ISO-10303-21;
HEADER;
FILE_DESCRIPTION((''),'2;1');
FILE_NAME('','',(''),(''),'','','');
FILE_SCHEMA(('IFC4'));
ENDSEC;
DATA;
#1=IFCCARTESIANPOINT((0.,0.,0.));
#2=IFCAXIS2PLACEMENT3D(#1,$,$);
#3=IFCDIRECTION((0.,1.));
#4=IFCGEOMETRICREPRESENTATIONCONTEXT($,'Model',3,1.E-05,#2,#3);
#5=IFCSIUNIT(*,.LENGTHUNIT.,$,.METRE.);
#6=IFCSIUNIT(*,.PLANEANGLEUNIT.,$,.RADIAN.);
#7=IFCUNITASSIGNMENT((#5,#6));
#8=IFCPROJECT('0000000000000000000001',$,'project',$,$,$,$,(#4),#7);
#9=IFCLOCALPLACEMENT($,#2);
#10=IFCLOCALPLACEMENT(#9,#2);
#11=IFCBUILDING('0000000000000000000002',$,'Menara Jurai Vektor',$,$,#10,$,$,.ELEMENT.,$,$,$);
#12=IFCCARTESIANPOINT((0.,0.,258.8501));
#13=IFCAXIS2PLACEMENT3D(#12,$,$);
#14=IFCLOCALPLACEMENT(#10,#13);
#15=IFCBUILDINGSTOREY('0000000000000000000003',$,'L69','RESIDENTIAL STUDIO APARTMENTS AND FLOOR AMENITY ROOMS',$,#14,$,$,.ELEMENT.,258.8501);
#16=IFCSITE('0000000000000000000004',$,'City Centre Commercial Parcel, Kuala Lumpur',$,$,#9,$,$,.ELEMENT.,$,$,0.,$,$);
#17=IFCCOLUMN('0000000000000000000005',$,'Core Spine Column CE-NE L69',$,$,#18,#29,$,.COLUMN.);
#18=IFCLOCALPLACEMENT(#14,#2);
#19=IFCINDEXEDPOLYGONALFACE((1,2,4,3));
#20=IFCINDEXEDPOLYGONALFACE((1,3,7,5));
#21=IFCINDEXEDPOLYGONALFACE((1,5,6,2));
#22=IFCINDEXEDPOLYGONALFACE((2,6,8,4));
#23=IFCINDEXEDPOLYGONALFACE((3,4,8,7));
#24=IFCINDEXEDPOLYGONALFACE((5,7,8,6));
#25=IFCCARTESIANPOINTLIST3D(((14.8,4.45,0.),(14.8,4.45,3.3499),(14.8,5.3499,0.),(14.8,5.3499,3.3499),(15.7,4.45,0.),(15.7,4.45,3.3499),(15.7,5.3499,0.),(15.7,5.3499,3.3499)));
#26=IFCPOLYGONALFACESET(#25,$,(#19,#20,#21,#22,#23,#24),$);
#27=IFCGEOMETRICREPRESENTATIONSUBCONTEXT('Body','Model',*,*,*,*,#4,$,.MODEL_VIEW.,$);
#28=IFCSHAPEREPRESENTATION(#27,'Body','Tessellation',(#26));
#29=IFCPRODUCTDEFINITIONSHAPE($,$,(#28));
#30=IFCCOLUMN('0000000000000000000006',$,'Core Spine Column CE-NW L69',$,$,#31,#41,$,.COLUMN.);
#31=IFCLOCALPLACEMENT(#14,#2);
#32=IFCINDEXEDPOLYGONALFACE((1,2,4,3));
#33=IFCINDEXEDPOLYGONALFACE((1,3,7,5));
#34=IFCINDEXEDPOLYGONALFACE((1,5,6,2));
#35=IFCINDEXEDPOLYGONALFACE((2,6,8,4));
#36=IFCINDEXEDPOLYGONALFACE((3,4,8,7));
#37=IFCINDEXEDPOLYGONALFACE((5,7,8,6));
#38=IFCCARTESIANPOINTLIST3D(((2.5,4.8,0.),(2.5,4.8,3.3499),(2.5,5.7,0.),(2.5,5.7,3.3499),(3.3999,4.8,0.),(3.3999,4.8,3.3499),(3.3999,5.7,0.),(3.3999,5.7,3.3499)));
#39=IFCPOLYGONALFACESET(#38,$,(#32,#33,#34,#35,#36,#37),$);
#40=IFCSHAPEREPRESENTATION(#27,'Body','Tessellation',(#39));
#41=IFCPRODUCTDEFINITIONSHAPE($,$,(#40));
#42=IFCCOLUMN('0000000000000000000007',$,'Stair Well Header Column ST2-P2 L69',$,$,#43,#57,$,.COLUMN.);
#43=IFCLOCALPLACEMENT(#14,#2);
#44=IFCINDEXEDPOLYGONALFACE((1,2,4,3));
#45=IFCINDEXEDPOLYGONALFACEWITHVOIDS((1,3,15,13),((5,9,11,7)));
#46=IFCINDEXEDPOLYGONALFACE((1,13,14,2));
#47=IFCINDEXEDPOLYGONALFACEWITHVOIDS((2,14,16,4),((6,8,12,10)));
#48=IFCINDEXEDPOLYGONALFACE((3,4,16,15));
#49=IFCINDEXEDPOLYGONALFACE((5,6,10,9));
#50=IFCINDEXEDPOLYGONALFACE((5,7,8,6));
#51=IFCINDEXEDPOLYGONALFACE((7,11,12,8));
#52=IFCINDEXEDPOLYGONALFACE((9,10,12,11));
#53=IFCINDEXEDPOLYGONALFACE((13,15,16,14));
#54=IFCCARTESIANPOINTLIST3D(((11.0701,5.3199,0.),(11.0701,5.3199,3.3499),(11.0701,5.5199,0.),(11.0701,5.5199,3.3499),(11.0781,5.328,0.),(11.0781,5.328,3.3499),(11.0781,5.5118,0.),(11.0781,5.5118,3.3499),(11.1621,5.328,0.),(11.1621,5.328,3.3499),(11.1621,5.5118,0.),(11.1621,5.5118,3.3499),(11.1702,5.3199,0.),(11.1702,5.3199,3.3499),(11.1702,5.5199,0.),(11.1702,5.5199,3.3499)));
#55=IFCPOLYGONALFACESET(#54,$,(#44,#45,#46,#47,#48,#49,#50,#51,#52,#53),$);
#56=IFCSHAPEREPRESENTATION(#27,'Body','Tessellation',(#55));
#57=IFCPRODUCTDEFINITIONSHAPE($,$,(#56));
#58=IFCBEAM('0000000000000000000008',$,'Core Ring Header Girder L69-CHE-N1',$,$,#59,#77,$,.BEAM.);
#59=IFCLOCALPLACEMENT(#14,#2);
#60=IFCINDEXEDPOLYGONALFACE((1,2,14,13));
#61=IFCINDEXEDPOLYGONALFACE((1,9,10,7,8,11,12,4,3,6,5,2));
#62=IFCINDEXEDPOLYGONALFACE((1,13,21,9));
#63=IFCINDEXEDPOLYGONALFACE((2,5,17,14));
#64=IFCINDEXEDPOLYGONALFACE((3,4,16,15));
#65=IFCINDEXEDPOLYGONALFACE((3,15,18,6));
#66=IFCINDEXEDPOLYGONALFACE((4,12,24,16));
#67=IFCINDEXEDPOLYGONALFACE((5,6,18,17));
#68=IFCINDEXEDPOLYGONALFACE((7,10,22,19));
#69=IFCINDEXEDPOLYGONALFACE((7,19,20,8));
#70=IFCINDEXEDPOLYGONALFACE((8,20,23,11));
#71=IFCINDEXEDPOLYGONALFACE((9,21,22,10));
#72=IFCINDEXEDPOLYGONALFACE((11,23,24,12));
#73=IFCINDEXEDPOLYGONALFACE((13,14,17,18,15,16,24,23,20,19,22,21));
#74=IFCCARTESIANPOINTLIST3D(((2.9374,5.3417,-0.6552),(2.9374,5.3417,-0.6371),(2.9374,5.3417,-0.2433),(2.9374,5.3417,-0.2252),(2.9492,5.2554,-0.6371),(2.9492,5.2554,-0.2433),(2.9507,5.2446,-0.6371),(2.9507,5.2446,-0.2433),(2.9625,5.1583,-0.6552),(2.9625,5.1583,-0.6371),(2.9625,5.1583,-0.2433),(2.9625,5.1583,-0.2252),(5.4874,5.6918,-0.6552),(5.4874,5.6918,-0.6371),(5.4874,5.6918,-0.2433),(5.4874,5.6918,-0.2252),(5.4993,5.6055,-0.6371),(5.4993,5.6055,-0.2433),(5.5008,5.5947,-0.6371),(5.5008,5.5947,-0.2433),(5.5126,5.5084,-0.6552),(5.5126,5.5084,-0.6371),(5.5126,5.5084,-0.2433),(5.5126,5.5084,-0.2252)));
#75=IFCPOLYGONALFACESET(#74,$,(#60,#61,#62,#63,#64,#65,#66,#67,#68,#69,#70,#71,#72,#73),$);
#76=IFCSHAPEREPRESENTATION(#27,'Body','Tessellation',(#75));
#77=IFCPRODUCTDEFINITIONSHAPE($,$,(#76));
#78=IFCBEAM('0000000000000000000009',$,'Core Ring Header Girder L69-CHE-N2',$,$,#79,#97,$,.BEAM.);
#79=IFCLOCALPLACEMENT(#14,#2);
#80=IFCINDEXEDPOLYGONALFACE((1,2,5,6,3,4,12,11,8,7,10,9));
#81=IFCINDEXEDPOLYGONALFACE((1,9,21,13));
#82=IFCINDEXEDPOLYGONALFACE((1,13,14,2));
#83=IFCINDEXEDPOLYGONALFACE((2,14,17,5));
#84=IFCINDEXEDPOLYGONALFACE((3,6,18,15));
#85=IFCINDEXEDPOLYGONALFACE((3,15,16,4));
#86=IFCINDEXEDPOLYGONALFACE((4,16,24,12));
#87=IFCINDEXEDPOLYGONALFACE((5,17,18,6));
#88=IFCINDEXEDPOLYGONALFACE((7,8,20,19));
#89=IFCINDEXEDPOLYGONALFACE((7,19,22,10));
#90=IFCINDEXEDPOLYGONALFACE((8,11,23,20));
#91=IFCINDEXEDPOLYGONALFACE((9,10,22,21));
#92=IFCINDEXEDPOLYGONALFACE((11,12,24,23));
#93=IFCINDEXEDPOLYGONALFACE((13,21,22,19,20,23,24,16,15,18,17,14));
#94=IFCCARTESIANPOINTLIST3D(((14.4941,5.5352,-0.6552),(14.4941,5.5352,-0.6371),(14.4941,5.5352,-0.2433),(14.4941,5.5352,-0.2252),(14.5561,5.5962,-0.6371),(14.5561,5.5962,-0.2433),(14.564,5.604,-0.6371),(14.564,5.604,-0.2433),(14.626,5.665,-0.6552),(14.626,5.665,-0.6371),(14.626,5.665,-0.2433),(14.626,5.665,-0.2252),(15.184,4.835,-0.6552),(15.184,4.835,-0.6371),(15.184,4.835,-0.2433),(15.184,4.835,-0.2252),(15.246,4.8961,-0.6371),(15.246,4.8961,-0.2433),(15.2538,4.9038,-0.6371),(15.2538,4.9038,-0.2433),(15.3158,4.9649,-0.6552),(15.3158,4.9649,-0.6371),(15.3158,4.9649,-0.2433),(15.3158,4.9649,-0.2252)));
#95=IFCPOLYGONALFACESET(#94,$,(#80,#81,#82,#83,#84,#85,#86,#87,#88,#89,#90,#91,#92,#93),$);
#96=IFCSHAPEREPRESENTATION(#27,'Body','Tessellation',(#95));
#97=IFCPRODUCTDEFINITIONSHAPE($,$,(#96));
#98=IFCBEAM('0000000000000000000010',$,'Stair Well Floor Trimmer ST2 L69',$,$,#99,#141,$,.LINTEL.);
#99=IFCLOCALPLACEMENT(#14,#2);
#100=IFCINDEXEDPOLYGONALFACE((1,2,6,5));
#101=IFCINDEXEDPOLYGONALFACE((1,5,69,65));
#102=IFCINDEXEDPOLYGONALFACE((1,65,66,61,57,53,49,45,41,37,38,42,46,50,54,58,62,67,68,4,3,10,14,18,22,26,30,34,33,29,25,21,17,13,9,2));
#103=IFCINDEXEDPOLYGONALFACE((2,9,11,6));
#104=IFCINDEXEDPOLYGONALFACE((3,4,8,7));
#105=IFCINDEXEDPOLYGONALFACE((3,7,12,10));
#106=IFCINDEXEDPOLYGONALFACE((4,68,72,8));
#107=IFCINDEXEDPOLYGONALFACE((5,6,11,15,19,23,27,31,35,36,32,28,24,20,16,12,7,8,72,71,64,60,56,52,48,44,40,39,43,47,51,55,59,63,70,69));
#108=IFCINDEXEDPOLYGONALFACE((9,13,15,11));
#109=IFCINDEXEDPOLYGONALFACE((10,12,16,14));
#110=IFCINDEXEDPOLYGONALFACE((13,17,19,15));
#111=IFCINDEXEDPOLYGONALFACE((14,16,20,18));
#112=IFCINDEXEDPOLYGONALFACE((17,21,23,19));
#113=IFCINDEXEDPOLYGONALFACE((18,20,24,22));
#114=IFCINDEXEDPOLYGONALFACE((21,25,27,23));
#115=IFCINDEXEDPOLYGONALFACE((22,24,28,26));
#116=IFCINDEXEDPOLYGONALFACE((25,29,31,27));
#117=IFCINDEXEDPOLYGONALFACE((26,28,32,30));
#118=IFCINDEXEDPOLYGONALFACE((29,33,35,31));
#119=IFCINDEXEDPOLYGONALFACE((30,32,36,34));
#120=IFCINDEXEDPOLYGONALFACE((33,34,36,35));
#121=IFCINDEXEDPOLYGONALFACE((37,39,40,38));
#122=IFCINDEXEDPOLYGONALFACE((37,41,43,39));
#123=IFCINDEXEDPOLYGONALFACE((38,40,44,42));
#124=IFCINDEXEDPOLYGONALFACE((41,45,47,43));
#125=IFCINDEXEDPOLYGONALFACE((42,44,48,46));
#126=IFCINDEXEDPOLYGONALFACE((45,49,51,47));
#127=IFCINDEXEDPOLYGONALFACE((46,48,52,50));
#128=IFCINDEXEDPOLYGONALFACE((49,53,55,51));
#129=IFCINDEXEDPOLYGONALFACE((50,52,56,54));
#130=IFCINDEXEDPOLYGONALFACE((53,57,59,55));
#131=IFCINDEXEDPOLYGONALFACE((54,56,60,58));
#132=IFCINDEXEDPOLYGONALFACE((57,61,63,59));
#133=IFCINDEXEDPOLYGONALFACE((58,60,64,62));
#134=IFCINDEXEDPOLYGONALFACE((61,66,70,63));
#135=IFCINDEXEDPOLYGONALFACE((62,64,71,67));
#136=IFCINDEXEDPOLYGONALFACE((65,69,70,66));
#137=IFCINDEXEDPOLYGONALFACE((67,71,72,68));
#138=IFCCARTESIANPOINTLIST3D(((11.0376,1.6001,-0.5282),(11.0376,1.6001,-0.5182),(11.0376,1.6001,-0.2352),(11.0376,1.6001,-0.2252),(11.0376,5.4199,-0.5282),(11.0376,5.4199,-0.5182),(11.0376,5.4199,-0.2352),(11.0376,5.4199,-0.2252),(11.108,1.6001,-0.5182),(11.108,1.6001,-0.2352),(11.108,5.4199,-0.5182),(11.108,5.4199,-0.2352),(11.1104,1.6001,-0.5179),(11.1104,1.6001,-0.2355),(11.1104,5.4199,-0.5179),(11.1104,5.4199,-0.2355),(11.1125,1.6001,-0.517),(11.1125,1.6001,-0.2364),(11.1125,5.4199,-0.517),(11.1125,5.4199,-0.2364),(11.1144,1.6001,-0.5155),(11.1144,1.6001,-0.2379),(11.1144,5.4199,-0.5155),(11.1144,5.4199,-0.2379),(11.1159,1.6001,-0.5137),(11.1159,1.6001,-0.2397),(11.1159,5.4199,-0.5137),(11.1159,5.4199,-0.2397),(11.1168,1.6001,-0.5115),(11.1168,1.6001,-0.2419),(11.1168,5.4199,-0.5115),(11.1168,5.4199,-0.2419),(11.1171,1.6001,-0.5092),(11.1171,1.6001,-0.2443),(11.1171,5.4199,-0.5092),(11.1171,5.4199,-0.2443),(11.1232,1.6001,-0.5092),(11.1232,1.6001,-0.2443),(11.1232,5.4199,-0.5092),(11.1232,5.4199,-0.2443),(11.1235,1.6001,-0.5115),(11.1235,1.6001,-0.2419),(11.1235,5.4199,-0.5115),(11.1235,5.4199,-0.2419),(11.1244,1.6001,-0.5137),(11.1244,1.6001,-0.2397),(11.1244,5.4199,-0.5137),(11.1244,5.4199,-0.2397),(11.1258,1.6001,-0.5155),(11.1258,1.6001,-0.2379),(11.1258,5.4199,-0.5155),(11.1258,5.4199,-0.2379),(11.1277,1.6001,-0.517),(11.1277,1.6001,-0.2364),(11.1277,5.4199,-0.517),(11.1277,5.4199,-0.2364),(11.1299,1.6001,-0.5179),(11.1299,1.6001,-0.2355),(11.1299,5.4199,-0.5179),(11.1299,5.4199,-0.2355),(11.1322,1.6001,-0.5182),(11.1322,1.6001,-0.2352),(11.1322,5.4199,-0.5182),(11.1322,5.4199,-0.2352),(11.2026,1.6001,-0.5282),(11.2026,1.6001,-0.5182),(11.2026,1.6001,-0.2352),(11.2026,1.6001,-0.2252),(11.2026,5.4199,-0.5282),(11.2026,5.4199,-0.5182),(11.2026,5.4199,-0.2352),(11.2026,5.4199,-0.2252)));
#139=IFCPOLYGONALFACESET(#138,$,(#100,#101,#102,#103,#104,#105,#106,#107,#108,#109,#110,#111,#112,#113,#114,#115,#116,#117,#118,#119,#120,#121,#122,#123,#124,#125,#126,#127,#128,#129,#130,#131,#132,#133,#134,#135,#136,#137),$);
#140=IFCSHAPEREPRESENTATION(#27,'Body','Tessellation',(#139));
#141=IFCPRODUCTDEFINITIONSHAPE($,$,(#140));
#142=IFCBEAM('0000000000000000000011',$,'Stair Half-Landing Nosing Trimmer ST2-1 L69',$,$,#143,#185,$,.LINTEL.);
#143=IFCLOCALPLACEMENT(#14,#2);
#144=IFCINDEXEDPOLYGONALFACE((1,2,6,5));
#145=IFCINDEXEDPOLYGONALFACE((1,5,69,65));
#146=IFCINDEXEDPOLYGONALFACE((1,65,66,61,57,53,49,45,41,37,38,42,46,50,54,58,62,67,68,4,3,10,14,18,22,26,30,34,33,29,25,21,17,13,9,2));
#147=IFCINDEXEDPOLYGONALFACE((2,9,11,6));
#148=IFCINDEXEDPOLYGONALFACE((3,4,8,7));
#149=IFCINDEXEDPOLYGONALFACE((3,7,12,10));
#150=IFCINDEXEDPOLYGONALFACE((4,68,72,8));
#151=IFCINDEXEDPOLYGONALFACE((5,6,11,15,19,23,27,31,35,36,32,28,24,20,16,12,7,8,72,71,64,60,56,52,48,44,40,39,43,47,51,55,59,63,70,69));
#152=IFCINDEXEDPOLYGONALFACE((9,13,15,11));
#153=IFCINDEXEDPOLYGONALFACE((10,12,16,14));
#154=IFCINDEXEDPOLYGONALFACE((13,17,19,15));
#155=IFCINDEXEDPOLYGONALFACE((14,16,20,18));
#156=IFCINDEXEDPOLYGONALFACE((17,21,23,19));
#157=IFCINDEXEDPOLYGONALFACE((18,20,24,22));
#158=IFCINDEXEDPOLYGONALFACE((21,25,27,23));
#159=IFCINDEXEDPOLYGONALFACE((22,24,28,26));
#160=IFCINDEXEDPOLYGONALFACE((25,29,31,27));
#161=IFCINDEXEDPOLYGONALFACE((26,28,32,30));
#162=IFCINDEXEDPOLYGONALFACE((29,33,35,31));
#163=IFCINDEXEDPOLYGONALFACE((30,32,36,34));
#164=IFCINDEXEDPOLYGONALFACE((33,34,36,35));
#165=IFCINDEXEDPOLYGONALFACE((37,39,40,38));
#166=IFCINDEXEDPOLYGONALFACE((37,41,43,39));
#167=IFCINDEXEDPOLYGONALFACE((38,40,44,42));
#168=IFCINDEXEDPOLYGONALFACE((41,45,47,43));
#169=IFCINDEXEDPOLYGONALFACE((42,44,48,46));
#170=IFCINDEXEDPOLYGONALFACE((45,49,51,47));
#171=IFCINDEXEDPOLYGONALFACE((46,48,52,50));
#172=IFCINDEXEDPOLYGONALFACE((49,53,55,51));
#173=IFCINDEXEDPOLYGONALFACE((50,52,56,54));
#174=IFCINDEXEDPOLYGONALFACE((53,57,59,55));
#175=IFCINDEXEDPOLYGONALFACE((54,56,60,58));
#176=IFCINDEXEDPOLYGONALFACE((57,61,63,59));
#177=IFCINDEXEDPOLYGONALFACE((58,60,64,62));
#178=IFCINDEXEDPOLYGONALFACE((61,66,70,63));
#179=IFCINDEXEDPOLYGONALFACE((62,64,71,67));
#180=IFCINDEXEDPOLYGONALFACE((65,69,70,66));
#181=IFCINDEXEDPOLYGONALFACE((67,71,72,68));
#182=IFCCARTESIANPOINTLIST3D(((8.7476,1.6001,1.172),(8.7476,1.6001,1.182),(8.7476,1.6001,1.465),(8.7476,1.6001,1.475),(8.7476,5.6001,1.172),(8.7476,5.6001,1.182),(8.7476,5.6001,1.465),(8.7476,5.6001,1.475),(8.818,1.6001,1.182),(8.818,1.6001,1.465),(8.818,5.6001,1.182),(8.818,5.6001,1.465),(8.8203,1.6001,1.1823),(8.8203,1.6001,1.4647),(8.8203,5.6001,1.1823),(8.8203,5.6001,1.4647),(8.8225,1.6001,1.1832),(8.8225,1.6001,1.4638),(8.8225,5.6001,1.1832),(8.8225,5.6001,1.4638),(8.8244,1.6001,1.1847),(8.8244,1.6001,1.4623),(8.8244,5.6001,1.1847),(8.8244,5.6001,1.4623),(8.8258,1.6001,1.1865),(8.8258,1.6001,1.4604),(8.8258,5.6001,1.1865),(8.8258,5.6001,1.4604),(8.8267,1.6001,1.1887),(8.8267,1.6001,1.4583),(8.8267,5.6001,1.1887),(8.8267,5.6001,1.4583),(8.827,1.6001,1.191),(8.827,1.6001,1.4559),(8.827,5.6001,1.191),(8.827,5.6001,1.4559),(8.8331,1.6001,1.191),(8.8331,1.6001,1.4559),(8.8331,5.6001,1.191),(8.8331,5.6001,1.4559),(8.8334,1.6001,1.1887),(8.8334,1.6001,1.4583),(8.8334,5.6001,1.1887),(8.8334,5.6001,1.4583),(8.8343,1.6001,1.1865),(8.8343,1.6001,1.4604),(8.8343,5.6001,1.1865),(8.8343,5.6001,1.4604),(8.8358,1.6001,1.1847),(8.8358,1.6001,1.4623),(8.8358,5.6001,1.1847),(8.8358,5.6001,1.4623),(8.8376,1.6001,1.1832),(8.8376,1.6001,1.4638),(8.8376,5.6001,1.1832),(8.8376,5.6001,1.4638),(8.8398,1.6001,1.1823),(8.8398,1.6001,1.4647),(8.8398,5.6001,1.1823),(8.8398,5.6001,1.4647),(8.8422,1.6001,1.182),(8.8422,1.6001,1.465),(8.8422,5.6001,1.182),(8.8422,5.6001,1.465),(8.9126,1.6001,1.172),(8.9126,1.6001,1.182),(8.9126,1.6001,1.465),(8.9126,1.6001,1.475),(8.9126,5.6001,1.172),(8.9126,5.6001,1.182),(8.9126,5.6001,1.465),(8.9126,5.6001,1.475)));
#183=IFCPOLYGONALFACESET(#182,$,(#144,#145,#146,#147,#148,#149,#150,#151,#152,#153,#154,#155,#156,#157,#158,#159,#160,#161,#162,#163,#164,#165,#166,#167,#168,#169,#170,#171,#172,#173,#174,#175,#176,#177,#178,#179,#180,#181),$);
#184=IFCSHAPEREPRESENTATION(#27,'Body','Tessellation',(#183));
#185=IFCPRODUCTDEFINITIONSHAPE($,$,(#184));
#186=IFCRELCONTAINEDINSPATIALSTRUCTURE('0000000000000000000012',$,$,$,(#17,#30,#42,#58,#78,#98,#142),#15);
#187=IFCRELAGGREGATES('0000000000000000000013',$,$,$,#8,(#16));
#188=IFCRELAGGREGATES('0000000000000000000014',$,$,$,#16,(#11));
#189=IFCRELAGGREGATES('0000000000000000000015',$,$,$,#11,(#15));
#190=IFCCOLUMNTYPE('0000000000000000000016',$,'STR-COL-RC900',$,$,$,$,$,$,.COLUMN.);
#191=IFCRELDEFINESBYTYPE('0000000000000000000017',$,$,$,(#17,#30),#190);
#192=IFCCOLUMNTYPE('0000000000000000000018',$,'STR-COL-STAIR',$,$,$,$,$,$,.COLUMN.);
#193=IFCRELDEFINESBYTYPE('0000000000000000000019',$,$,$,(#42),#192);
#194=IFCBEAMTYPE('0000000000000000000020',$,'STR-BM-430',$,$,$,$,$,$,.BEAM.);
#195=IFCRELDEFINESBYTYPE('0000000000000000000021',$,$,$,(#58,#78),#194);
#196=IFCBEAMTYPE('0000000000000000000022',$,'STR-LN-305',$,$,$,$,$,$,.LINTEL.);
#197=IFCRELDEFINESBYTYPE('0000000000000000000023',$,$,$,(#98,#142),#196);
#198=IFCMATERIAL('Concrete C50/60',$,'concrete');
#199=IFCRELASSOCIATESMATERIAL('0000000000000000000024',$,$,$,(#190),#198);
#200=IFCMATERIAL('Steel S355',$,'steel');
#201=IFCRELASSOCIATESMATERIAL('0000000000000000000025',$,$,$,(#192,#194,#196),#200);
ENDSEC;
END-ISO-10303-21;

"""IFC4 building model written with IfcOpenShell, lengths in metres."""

from ifc_helpers import new_model, si_unit, direction, frame, origin, origin_2d, place, context, subcontext, project, spatial, rectangle, hollow_rectangle, i_section, extrude, material, material_profile, profile_set, type_object, element, save


model = new_model("IFC4")

# Units and contexts
model_context = context("Model", 3, precision=1e-05, world=origin(), true_north=direction((0.0, 1.0)))
body_context = subcontext(model_context, "Body", "Model", "MODEL_VIEW")
ifc_project = project(units=[si_unit("LENGTHUNIT", "METRE"), si_unit("PLANEANGLEUNIT", "RADIAN")], contexts=[model_context])

# Site, building, storey
site_placement = place(None, origin())
site = spatial("IfcSite", under=ifc_project, at=site_placement, Name="City Centre Commercial Parcel, Kuala Lumpur", CompositionType="ELEMENT", RefElevation=0.0)
building_placement = place(site_placement, origin())
building = spatial("IfcBuilding", under=site, at=building_placement, Name="Menara Jurai Vektor", CompositionType="ELEMENT")
storey_placement = place(building_placement, frame((0.0, 0.0, 258.8501)))
storey = spatial("IfcBuildingStorey", under=building, at=storey_placement, Name="L69", Description="RESIDENTIAL STUDIO APARTMENTS AND FLOOR AMENITY ROOMS", CompositionType="ELEMENT", Elevation=258.8501)

# Columns
ifc_material_1 = material(Name="Concrete C50/60", Category="concrete")
ifc_material_profile_1 = material_profile(ifc_material_1, rectangle(XDim=0.8999, YDim=0.8999, at=origin_2d()), Name="RC 900x900")
ifc_profile_set_1 = profile_set([ifc_material_profile_1], Name="Concrete C50/60")
column_type_1 = type_object("IfcColumnType", Name="STR-COL-RC900", PredefinedType="COLUMN", material=ifc_profile_set_1)
for number, where, z_axis, x_axis, name in (
    (1, (15.25, 4.8999, 0.0), (0.0, 0.0, 1.0), (1.0, 0.0, 0.0), "Core Spine Column CE-NE L69"),
    (2, (2.95, 5.25, 0.0), (0.0, 0.0, 1.0), (1.0, 0.0, 0.0), "Core Spine Column CE-NW L69"),
):
    element("IfcColumn", number, at=place(storey_placement, frame(where, z_axis=z_axis, x_axis=x_axis)), inside=storey, type_object=column_type_1, Name=name, PredefinedType="COLUMN", context=body_context, shape_type="SweptSolid", body=[
        extrude(rectangle(XDim=0.8999, YDim=0.8999, at=origin_2d()), origin(), (0.0, 0.0, 1.0), 3.3499),
    ])
ifc_material_2 = material(Name="Steel S355", Category="steel")
ifc_material_profile_2 = material_profile(ifc_material_2, hollow_rectangle(XDim=0.1001, YDim=0.2, WallThickness=0.0081, at=origin_2d()), Name="RHS 200x100x8")
ifc_profile_set_2 = profile_set([ifc_material_profile_2], Name="Steel S355")
column_type_2 = type_object("IfcColumnType", Name="STR-COL-STAIR", PredefinedType="COLUMN", material=ifc_profile_set_2)
column_placement = place(storey_placement, frame((11.1201, 5.4199, 0.0), z_axis=(0.0, 0.0, 1.0), x_axis=(1.0, 0.0, 0.0)))
element("IfcColumn", 3, at=column_placement, inside=storey, type_object=column_type_2, Name="Stair Well Header Column ST2-P2 L69", PredefinedType="COLUMN", context=body_context, shape_type="SweptSolid", body=[
    extrude(hollow_rectangle(XDim=0.1001, YDim=0.2, WallThickness=0.0081, at=origin_2d()), origin(), (0.0, 0.0, 1.0), 3.3499),
])

# Beams
ifc_material_profile_3 = material_profile(ifc_material_2, i_section(OverallWidth=0.1851, OverallDepth=0.4299, WebThickness=0.011, FlangeThickness=0.0181, at=origin_2d()), Name="PG 430x185x76")
ifc_profile_set_3 = profile_set([ifc_material_profile_3], Name="Steel S355")
beam_type_1 = type_object("IfcBeamType", Name="STR-BM-430", PredefinedType="BEAM", material=ifc_profile_set_3)
beam_1_placement = place(storey_placement, frame((2.95, 5.25, -0.4402), z_axis=(0.990707, 0.136015, 0.0), x_axis=(-0.136015, 0.990707, 0.0)))
element("IfcBeam", 4, at=beam_1_placement, inside=storey, type_object=beam_type_1, Name="Core Ring Header Girder L69-CHE-N1", PredefinedType="BEAM", context=body_context, shape_type="SweptSolid", body=[
    extrude(i_section(OverallWidth=0.1851, OverallDepth=0.4299, WebThickness=0.011, FlangeThickness=0.0181, at=origin_2d()), origin(), (0.0, 0.0, 1.0), 2.574),
])
beam_2_placement = place(storey_placement, frame((14.5601, 5.6001, -0.4402), z_axis=(0.701872, -0.712303, 0.0), x_axis=(0.712303, 0.701872, 0.0)))
element("IfcBeam", 5, at=beam_2_placement, inside=storey, type_object=beam_type_1, Name="Core Ring Header Girder L69-CHE-N2", PredefinedType="BEAM", context=body_context, shape_type="SweptSolid", body=[
    extrude(i_section(OverallWidth=0.1851, OverallDepth=0.4299, WebThickness=0.011, FlangeThickness=0.0181, at=origin_2d()), origin(), (0.0, 0.0, 1.0), 0.9829),
])
ifc_material_profile_4 = material_profile(ifc_material_2, i_section(OverallWidth=0.165, OverallDepth=0.303, WebThickness=0.0061, FlangeThickness=0.01, FilletRadius=0.009, at=origin_2d()), Name="UKB 305x165x40")
ifc_profile_set_4 = profile_set([ifc_material_profile_4], Name="Steel S355")
beam_type_2 = type_object("IfcBeamType", Name="STR-LN-305", PredefinedType="LINTEL", material=ifc_profile_set_4)
beam_3_placement = place(storey_placement, frame((11.1201, 1.6001, -0.3767), z_axis=(0.0, 1.0, 0.0), x_axis=(-1.0, 0.0, 0.0)))
element("IfcBeam", 6, at=beam_3_placement, inside=storey, type_object=beam_type_2, Name="Stair Well Floor Trimmer ST2 L69", PredefinedType="LINTEL", context=body_context, shape_type="SweptSolid", body=[
    extrude(i_section(OverallWidth=0.165, OverallDepth=0.303, WebThickness=0.0061, FlangeThickness=0.01, FilletRadius=0.009, at=origin_2d()), origin(), (0.0, 0.0, 1.0), 3.8198),
])
beam_4_placement = place(storey_placement, frame((8.8301, 1.6001, 1.3235), z_axis=(0.0, 1.0, 0.0), x_axis=(-1.0, 0.0, 0.0)))
element("IfcBeam", 7, at=beam_4_placement, inside=storey, type_object=beam_type_2, Name="Stair Half-Landing Nosing Trimmer ST2-1 L69", PredefinedType="LINTEL", context=body_context, shape_type="SweptSolid", body=[
    extrude(i_section(OverallWidth=0.165, OverallDepth=0.303, WebThickness=0.0061, FlangeThickness=0.01, FilletRadius=0.009, at=origin_2d()), origin(), (0.0, 0.0, 1.0), 4.0),
])

save(model, "model.ifc")
